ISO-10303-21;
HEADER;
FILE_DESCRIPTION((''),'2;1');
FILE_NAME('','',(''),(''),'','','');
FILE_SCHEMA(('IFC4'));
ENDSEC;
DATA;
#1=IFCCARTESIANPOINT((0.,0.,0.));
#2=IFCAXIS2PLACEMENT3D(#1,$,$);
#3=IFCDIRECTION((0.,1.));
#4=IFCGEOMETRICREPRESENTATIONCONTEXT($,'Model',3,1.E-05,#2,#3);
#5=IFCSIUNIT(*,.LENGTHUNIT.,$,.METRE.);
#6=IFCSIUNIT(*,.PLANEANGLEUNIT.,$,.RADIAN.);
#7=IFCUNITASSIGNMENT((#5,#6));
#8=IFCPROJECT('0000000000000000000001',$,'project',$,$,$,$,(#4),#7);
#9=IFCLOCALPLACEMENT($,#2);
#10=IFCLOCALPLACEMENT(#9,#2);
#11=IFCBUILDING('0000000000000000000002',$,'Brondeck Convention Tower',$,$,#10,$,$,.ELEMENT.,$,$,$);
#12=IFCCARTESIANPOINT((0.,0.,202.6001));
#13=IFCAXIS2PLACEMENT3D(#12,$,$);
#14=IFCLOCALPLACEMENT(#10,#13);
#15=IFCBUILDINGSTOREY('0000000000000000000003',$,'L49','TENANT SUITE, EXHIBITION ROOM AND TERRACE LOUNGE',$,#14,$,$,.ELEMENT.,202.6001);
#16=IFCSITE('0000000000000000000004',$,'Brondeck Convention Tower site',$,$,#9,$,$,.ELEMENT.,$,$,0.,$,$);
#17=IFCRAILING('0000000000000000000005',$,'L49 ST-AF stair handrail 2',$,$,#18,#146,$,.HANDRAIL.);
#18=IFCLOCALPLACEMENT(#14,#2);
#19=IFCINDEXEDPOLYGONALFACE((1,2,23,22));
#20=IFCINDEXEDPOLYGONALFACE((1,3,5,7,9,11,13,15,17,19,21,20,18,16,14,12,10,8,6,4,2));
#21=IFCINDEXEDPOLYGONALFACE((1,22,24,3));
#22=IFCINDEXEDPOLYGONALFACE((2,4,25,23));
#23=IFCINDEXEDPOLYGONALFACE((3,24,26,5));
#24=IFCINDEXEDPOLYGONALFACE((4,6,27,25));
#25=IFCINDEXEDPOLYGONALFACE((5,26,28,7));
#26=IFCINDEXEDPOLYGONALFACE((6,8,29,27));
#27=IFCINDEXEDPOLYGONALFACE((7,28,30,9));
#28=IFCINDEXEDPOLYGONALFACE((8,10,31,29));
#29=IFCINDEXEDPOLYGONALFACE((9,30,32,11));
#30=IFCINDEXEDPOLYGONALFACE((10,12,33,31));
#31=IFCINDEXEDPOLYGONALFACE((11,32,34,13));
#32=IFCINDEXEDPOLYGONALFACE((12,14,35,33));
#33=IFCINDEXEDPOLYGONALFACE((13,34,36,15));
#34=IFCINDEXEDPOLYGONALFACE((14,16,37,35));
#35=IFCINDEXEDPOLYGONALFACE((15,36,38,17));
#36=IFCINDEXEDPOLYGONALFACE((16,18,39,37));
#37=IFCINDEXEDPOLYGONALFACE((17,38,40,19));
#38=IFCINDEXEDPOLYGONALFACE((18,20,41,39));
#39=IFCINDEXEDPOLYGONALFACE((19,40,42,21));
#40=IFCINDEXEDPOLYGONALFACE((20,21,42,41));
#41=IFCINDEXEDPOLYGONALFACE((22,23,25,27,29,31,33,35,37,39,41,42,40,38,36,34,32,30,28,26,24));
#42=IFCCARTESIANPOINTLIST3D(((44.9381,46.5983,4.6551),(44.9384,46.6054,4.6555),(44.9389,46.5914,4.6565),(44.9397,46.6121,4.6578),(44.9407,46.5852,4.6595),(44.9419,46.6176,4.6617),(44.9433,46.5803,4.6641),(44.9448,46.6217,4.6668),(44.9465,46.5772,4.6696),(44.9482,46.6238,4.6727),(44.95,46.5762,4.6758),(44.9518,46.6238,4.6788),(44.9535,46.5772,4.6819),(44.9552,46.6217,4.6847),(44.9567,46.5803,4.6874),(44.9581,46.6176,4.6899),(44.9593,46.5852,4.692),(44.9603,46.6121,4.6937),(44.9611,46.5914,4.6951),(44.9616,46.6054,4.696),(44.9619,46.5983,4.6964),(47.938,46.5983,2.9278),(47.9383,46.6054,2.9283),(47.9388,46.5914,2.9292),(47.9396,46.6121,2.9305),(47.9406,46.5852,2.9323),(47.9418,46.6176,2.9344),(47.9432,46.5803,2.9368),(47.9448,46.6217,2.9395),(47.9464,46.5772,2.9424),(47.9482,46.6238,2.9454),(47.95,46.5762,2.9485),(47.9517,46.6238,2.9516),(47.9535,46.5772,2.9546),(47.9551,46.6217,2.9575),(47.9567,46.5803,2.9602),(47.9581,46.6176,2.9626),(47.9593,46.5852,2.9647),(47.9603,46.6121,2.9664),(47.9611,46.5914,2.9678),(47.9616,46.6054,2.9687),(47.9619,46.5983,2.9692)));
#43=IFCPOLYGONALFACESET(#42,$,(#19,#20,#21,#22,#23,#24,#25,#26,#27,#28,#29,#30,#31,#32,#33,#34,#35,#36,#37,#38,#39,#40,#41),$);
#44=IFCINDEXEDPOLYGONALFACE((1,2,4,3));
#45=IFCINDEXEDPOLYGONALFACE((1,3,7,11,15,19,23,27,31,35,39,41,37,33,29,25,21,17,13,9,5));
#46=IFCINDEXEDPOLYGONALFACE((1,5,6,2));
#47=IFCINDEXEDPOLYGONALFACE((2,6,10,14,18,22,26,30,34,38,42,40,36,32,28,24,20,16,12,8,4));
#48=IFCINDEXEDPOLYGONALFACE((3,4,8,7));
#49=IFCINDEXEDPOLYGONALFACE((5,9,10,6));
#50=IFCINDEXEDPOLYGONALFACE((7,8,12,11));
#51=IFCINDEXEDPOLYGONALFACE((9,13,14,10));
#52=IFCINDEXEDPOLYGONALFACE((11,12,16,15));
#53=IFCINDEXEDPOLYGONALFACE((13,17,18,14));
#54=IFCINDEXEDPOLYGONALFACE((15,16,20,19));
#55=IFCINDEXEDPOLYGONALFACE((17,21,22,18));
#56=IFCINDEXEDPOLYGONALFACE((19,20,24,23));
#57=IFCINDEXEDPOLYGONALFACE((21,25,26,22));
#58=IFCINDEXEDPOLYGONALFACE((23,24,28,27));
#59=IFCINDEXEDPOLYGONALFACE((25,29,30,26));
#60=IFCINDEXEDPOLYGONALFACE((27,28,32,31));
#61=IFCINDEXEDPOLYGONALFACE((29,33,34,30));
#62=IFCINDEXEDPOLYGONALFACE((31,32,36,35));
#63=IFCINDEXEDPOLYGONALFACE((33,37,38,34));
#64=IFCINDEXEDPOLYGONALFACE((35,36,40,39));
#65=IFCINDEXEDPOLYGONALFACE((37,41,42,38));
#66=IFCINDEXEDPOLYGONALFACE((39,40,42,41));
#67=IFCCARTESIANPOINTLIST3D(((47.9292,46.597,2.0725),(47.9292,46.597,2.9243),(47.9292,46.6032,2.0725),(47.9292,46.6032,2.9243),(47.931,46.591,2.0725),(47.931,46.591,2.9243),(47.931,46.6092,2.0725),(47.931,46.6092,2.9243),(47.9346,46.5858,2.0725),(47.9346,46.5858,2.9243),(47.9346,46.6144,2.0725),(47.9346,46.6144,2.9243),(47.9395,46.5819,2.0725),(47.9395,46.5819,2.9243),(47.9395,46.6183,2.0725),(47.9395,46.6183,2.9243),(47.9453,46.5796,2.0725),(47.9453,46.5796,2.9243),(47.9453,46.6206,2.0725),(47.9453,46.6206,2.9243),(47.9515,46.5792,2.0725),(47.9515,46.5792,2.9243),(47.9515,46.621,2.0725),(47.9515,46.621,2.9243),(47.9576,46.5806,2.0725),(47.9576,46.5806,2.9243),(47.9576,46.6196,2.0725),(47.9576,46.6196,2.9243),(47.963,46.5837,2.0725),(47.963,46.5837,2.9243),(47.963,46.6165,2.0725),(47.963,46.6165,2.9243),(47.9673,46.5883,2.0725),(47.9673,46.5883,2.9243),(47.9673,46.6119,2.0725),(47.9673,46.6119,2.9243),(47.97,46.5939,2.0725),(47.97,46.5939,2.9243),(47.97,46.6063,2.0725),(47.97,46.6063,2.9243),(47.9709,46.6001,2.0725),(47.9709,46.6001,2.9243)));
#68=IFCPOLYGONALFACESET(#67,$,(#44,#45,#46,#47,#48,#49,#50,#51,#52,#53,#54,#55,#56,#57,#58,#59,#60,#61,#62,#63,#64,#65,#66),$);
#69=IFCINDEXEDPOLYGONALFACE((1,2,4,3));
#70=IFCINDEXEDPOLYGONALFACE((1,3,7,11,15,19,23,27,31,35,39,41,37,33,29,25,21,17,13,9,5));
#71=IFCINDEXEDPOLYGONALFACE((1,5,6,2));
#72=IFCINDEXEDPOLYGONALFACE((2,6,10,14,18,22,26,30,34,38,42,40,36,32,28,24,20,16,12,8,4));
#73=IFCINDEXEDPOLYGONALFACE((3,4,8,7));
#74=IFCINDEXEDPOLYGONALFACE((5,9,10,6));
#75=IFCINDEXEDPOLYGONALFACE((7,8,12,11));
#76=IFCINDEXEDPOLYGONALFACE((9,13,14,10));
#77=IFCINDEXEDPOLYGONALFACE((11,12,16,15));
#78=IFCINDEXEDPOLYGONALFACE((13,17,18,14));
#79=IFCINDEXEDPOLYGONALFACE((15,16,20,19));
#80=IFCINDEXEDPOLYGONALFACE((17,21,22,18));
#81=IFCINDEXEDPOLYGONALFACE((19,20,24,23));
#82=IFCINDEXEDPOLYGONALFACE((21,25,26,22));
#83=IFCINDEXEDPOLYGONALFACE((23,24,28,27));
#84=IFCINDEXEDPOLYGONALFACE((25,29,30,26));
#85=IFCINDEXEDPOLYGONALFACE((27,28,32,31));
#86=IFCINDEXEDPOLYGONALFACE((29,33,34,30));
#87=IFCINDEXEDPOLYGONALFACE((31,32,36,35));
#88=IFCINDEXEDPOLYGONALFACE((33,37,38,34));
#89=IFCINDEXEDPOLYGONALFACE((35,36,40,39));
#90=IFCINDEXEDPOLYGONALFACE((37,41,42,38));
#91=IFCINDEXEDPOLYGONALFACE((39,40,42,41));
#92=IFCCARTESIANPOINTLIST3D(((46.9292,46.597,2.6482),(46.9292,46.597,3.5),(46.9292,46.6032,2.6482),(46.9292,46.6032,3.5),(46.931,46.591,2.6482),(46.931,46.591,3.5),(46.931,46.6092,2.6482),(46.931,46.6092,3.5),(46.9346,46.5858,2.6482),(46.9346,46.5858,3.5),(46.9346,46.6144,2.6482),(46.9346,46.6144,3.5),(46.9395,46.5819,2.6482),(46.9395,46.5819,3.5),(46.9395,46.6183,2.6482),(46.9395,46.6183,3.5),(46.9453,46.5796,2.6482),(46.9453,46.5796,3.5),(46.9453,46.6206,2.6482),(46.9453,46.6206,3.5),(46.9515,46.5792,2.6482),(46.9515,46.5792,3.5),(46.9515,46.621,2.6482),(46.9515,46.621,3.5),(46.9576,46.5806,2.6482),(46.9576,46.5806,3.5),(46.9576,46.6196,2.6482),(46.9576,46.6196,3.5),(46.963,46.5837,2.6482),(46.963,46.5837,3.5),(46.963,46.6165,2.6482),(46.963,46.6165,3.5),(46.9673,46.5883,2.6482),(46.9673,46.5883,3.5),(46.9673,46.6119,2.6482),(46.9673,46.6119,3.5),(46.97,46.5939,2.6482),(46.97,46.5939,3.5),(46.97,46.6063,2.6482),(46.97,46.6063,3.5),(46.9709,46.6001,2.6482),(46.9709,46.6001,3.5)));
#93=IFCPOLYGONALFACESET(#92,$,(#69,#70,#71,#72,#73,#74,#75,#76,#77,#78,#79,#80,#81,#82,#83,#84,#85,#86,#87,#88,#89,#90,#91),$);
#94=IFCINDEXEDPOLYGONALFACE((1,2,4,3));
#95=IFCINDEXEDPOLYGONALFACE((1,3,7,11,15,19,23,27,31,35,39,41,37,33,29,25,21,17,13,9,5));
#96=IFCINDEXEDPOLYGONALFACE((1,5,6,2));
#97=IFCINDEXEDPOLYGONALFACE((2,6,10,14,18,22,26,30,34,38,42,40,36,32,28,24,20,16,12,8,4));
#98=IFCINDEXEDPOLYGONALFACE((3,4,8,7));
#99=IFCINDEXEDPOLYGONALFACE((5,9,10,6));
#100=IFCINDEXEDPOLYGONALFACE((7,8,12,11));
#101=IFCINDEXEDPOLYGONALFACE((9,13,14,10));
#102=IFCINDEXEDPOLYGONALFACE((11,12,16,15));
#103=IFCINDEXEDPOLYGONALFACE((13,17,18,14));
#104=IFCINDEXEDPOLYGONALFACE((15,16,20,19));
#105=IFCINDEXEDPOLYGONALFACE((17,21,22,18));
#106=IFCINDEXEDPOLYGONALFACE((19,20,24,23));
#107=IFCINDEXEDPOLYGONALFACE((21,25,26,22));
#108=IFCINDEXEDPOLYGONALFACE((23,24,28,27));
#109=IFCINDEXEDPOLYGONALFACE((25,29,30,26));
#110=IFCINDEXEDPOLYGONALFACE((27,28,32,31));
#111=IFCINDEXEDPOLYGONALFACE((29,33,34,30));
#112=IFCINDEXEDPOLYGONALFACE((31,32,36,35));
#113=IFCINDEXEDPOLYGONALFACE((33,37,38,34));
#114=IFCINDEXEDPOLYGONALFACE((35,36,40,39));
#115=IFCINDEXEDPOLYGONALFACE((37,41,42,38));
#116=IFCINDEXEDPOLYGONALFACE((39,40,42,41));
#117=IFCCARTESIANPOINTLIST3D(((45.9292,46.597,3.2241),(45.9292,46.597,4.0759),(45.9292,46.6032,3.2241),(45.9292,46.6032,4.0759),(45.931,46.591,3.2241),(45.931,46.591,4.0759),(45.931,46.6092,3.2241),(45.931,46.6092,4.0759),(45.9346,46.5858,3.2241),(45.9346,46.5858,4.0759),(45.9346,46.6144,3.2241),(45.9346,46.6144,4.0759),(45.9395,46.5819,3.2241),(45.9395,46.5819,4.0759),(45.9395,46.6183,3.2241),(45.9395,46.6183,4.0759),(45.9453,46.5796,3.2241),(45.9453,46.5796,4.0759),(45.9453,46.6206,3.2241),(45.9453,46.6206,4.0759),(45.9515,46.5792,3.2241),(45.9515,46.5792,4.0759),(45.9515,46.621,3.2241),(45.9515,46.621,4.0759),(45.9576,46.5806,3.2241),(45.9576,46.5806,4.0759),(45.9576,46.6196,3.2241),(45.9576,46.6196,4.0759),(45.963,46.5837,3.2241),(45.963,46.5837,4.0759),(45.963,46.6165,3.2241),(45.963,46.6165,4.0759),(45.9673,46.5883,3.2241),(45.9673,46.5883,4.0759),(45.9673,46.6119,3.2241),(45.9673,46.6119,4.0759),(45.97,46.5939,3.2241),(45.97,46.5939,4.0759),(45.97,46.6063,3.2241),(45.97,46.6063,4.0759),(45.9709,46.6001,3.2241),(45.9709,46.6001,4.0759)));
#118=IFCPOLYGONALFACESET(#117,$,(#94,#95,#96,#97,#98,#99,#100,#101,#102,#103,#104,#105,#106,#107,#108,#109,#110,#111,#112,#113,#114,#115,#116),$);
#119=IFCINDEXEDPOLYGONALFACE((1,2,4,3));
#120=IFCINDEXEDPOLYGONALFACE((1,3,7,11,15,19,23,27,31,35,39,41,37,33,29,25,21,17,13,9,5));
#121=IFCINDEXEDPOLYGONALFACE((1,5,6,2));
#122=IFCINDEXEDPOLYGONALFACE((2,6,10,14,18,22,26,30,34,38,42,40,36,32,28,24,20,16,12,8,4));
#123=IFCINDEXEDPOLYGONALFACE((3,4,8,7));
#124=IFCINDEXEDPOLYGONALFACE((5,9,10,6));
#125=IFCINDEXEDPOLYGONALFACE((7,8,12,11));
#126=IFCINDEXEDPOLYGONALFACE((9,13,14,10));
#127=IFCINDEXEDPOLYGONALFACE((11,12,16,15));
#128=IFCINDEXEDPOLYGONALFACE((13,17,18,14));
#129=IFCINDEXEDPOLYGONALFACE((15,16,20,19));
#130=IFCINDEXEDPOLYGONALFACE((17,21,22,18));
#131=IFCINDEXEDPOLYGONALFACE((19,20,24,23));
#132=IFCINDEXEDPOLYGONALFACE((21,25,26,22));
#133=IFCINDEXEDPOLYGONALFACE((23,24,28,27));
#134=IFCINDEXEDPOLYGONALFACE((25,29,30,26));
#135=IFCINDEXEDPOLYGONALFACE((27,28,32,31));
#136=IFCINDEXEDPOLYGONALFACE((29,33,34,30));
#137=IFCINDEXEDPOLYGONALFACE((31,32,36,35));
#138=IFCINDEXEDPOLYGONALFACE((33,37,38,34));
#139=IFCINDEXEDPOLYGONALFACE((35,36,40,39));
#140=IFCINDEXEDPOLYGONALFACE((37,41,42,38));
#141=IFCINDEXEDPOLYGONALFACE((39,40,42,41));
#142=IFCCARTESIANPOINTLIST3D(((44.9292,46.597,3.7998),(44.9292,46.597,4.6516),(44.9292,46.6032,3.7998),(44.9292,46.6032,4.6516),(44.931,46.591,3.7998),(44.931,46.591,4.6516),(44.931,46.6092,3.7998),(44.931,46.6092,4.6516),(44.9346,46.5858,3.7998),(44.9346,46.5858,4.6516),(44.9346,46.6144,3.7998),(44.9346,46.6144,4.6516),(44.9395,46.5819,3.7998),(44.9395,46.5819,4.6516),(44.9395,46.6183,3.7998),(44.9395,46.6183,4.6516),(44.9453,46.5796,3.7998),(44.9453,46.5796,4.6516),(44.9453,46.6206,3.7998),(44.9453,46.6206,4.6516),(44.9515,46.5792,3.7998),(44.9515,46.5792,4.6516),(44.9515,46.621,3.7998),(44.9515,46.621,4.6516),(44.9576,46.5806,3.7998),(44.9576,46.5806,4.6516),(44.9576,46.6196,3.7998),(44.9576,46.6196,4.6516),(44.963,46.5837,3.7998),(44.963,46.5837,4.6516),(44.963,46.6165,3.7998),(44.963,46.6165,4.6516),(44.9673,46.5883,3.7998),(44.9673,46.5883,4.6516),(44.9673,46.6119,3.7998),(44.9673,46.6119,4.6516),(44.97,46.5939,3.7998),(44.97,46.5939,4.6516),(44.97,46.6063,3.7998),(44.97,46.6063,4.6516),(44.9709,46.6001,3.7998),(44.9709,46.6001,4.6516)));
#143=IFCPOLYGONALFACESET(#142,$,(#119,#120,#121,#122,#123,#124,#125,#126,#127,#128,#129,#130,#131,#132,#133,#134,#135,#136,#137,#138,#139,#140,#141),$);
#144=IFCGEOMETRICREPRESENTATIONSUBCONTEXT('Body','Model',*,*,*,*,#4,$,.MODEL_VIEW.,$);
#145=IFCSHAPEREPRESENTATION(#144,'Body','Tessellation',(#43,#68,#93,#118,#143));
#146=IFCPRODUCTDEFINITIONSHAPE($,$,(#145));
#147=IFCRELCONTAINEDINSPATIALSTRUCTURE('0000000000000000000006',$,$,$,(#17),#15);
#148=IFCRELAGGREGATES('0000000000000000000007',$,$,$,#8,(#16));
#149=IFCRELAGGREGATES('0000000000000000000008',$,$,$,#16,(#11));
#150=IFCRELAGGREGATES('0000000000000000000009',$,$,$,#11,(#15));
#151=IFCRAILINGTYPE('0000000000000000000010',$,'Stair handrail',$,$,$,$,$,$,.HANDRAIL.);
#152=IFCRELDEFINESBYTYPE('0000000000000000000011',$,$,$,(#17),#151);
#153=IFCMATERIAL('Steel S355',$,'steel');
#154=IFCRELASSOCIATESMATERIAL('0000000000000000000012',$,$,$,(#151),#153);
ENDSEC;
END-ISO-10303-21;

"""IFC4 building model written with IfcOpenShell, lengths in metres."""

from ifc_helpers import new_model, si_unit, direction, frame, origin, origin_2d, place, context, subcontext, project, spatial, circle, extrude, material, type_object, element, save


model = new_model("IFC4")

# Units and contexts
model_context = context("Model", 3, precision=1e-05, world=origin(), true_north=direction((0.0, 1.0)))
body_context = subcontext(model_context, "Body", "Model", "MODEL_VIEW")
ifc_project = project(units=[si_unit("LENGTHUNIT", "METRE"), si_unit("PLANEANGLEUNIT", "RADIAN")], contexts=[model_context])

# Site, building, storey
site_placement = place(None, origin())
site = spatial("IfcSite", under=ifc_project, at=site_placement, Name="Brondeck Convention Tower site", CompositionType="ELEMENT", RefElevation=0.0)
building_placement = place(site_placement, origin())
building = spatial("IfcBuilding", under=site, at=building_placement, Name="Brondeck Convention Tower", CompositionType="ELEMENT")
storey_placement = place(building_placement, frame((0.0, 0.0, 202.6001)))
storey = spatial("IfcBuildingStorey", under=building, at=storey_placement, Name="L49", Description="TENANT SUITE, EXHIBITION ROOM AND TERRACE LOUNGE", CompositionType="ELEMENT", Elevation=202.6001)

# Shared definitions
ifc_material_1 = material(Name="Steel S355", Category="steel")

# Railing
railing_type_1 = type_object("IfcRailingType", Name="Stair handrail", PredefinedType="HANDRAIL", material=ifc_material_1)
railing_1_placement = place(storey_placement, frame((47.95, 46.6001, 2.0725)))
element("IfcRailing", 1, at=railing_1_placement, inside=storey, type_object=railing_type_1, Name="L49 ST-AF stair handrail 2", PredefinedType="HANDRAIL", context=body_context, shape_type="SweptSolid", body=[
    extrude(circle(Radius=0.0239, at=origin_2d()), frame((0.0, 0.0, 0.876), z_axis=(-0.86662, 0.0, 0.498969), x_axis=(0.0, -1.0, 0.0)), (0.0, 0.0, 1.0), 3.4617),
    extrude(circle(Radius=0.021, at=origin_2d()), origin(), (0.0, 0.0, 1.0), 0.8518),
    extrude(circle(Radius=0.021, at=origin_2d()), frame((-1.0, 0.0, 0.5757)), (0.0, 0.0, 1.0), 0.8518),
    extrude(circle(Radius=0.021, at=origin_2d()), frame((-2.0, 0.0, 1.1516)), (0.0, 0.0, 1.0), 0.8518),
    extrude(circle(Radius=0.021, at=origin_2d()), frame((-3.0, 0.0, 1.7273)), (0.0, 0.0, 1.0), 0.8518),
])

save(model, "model.ifc")
